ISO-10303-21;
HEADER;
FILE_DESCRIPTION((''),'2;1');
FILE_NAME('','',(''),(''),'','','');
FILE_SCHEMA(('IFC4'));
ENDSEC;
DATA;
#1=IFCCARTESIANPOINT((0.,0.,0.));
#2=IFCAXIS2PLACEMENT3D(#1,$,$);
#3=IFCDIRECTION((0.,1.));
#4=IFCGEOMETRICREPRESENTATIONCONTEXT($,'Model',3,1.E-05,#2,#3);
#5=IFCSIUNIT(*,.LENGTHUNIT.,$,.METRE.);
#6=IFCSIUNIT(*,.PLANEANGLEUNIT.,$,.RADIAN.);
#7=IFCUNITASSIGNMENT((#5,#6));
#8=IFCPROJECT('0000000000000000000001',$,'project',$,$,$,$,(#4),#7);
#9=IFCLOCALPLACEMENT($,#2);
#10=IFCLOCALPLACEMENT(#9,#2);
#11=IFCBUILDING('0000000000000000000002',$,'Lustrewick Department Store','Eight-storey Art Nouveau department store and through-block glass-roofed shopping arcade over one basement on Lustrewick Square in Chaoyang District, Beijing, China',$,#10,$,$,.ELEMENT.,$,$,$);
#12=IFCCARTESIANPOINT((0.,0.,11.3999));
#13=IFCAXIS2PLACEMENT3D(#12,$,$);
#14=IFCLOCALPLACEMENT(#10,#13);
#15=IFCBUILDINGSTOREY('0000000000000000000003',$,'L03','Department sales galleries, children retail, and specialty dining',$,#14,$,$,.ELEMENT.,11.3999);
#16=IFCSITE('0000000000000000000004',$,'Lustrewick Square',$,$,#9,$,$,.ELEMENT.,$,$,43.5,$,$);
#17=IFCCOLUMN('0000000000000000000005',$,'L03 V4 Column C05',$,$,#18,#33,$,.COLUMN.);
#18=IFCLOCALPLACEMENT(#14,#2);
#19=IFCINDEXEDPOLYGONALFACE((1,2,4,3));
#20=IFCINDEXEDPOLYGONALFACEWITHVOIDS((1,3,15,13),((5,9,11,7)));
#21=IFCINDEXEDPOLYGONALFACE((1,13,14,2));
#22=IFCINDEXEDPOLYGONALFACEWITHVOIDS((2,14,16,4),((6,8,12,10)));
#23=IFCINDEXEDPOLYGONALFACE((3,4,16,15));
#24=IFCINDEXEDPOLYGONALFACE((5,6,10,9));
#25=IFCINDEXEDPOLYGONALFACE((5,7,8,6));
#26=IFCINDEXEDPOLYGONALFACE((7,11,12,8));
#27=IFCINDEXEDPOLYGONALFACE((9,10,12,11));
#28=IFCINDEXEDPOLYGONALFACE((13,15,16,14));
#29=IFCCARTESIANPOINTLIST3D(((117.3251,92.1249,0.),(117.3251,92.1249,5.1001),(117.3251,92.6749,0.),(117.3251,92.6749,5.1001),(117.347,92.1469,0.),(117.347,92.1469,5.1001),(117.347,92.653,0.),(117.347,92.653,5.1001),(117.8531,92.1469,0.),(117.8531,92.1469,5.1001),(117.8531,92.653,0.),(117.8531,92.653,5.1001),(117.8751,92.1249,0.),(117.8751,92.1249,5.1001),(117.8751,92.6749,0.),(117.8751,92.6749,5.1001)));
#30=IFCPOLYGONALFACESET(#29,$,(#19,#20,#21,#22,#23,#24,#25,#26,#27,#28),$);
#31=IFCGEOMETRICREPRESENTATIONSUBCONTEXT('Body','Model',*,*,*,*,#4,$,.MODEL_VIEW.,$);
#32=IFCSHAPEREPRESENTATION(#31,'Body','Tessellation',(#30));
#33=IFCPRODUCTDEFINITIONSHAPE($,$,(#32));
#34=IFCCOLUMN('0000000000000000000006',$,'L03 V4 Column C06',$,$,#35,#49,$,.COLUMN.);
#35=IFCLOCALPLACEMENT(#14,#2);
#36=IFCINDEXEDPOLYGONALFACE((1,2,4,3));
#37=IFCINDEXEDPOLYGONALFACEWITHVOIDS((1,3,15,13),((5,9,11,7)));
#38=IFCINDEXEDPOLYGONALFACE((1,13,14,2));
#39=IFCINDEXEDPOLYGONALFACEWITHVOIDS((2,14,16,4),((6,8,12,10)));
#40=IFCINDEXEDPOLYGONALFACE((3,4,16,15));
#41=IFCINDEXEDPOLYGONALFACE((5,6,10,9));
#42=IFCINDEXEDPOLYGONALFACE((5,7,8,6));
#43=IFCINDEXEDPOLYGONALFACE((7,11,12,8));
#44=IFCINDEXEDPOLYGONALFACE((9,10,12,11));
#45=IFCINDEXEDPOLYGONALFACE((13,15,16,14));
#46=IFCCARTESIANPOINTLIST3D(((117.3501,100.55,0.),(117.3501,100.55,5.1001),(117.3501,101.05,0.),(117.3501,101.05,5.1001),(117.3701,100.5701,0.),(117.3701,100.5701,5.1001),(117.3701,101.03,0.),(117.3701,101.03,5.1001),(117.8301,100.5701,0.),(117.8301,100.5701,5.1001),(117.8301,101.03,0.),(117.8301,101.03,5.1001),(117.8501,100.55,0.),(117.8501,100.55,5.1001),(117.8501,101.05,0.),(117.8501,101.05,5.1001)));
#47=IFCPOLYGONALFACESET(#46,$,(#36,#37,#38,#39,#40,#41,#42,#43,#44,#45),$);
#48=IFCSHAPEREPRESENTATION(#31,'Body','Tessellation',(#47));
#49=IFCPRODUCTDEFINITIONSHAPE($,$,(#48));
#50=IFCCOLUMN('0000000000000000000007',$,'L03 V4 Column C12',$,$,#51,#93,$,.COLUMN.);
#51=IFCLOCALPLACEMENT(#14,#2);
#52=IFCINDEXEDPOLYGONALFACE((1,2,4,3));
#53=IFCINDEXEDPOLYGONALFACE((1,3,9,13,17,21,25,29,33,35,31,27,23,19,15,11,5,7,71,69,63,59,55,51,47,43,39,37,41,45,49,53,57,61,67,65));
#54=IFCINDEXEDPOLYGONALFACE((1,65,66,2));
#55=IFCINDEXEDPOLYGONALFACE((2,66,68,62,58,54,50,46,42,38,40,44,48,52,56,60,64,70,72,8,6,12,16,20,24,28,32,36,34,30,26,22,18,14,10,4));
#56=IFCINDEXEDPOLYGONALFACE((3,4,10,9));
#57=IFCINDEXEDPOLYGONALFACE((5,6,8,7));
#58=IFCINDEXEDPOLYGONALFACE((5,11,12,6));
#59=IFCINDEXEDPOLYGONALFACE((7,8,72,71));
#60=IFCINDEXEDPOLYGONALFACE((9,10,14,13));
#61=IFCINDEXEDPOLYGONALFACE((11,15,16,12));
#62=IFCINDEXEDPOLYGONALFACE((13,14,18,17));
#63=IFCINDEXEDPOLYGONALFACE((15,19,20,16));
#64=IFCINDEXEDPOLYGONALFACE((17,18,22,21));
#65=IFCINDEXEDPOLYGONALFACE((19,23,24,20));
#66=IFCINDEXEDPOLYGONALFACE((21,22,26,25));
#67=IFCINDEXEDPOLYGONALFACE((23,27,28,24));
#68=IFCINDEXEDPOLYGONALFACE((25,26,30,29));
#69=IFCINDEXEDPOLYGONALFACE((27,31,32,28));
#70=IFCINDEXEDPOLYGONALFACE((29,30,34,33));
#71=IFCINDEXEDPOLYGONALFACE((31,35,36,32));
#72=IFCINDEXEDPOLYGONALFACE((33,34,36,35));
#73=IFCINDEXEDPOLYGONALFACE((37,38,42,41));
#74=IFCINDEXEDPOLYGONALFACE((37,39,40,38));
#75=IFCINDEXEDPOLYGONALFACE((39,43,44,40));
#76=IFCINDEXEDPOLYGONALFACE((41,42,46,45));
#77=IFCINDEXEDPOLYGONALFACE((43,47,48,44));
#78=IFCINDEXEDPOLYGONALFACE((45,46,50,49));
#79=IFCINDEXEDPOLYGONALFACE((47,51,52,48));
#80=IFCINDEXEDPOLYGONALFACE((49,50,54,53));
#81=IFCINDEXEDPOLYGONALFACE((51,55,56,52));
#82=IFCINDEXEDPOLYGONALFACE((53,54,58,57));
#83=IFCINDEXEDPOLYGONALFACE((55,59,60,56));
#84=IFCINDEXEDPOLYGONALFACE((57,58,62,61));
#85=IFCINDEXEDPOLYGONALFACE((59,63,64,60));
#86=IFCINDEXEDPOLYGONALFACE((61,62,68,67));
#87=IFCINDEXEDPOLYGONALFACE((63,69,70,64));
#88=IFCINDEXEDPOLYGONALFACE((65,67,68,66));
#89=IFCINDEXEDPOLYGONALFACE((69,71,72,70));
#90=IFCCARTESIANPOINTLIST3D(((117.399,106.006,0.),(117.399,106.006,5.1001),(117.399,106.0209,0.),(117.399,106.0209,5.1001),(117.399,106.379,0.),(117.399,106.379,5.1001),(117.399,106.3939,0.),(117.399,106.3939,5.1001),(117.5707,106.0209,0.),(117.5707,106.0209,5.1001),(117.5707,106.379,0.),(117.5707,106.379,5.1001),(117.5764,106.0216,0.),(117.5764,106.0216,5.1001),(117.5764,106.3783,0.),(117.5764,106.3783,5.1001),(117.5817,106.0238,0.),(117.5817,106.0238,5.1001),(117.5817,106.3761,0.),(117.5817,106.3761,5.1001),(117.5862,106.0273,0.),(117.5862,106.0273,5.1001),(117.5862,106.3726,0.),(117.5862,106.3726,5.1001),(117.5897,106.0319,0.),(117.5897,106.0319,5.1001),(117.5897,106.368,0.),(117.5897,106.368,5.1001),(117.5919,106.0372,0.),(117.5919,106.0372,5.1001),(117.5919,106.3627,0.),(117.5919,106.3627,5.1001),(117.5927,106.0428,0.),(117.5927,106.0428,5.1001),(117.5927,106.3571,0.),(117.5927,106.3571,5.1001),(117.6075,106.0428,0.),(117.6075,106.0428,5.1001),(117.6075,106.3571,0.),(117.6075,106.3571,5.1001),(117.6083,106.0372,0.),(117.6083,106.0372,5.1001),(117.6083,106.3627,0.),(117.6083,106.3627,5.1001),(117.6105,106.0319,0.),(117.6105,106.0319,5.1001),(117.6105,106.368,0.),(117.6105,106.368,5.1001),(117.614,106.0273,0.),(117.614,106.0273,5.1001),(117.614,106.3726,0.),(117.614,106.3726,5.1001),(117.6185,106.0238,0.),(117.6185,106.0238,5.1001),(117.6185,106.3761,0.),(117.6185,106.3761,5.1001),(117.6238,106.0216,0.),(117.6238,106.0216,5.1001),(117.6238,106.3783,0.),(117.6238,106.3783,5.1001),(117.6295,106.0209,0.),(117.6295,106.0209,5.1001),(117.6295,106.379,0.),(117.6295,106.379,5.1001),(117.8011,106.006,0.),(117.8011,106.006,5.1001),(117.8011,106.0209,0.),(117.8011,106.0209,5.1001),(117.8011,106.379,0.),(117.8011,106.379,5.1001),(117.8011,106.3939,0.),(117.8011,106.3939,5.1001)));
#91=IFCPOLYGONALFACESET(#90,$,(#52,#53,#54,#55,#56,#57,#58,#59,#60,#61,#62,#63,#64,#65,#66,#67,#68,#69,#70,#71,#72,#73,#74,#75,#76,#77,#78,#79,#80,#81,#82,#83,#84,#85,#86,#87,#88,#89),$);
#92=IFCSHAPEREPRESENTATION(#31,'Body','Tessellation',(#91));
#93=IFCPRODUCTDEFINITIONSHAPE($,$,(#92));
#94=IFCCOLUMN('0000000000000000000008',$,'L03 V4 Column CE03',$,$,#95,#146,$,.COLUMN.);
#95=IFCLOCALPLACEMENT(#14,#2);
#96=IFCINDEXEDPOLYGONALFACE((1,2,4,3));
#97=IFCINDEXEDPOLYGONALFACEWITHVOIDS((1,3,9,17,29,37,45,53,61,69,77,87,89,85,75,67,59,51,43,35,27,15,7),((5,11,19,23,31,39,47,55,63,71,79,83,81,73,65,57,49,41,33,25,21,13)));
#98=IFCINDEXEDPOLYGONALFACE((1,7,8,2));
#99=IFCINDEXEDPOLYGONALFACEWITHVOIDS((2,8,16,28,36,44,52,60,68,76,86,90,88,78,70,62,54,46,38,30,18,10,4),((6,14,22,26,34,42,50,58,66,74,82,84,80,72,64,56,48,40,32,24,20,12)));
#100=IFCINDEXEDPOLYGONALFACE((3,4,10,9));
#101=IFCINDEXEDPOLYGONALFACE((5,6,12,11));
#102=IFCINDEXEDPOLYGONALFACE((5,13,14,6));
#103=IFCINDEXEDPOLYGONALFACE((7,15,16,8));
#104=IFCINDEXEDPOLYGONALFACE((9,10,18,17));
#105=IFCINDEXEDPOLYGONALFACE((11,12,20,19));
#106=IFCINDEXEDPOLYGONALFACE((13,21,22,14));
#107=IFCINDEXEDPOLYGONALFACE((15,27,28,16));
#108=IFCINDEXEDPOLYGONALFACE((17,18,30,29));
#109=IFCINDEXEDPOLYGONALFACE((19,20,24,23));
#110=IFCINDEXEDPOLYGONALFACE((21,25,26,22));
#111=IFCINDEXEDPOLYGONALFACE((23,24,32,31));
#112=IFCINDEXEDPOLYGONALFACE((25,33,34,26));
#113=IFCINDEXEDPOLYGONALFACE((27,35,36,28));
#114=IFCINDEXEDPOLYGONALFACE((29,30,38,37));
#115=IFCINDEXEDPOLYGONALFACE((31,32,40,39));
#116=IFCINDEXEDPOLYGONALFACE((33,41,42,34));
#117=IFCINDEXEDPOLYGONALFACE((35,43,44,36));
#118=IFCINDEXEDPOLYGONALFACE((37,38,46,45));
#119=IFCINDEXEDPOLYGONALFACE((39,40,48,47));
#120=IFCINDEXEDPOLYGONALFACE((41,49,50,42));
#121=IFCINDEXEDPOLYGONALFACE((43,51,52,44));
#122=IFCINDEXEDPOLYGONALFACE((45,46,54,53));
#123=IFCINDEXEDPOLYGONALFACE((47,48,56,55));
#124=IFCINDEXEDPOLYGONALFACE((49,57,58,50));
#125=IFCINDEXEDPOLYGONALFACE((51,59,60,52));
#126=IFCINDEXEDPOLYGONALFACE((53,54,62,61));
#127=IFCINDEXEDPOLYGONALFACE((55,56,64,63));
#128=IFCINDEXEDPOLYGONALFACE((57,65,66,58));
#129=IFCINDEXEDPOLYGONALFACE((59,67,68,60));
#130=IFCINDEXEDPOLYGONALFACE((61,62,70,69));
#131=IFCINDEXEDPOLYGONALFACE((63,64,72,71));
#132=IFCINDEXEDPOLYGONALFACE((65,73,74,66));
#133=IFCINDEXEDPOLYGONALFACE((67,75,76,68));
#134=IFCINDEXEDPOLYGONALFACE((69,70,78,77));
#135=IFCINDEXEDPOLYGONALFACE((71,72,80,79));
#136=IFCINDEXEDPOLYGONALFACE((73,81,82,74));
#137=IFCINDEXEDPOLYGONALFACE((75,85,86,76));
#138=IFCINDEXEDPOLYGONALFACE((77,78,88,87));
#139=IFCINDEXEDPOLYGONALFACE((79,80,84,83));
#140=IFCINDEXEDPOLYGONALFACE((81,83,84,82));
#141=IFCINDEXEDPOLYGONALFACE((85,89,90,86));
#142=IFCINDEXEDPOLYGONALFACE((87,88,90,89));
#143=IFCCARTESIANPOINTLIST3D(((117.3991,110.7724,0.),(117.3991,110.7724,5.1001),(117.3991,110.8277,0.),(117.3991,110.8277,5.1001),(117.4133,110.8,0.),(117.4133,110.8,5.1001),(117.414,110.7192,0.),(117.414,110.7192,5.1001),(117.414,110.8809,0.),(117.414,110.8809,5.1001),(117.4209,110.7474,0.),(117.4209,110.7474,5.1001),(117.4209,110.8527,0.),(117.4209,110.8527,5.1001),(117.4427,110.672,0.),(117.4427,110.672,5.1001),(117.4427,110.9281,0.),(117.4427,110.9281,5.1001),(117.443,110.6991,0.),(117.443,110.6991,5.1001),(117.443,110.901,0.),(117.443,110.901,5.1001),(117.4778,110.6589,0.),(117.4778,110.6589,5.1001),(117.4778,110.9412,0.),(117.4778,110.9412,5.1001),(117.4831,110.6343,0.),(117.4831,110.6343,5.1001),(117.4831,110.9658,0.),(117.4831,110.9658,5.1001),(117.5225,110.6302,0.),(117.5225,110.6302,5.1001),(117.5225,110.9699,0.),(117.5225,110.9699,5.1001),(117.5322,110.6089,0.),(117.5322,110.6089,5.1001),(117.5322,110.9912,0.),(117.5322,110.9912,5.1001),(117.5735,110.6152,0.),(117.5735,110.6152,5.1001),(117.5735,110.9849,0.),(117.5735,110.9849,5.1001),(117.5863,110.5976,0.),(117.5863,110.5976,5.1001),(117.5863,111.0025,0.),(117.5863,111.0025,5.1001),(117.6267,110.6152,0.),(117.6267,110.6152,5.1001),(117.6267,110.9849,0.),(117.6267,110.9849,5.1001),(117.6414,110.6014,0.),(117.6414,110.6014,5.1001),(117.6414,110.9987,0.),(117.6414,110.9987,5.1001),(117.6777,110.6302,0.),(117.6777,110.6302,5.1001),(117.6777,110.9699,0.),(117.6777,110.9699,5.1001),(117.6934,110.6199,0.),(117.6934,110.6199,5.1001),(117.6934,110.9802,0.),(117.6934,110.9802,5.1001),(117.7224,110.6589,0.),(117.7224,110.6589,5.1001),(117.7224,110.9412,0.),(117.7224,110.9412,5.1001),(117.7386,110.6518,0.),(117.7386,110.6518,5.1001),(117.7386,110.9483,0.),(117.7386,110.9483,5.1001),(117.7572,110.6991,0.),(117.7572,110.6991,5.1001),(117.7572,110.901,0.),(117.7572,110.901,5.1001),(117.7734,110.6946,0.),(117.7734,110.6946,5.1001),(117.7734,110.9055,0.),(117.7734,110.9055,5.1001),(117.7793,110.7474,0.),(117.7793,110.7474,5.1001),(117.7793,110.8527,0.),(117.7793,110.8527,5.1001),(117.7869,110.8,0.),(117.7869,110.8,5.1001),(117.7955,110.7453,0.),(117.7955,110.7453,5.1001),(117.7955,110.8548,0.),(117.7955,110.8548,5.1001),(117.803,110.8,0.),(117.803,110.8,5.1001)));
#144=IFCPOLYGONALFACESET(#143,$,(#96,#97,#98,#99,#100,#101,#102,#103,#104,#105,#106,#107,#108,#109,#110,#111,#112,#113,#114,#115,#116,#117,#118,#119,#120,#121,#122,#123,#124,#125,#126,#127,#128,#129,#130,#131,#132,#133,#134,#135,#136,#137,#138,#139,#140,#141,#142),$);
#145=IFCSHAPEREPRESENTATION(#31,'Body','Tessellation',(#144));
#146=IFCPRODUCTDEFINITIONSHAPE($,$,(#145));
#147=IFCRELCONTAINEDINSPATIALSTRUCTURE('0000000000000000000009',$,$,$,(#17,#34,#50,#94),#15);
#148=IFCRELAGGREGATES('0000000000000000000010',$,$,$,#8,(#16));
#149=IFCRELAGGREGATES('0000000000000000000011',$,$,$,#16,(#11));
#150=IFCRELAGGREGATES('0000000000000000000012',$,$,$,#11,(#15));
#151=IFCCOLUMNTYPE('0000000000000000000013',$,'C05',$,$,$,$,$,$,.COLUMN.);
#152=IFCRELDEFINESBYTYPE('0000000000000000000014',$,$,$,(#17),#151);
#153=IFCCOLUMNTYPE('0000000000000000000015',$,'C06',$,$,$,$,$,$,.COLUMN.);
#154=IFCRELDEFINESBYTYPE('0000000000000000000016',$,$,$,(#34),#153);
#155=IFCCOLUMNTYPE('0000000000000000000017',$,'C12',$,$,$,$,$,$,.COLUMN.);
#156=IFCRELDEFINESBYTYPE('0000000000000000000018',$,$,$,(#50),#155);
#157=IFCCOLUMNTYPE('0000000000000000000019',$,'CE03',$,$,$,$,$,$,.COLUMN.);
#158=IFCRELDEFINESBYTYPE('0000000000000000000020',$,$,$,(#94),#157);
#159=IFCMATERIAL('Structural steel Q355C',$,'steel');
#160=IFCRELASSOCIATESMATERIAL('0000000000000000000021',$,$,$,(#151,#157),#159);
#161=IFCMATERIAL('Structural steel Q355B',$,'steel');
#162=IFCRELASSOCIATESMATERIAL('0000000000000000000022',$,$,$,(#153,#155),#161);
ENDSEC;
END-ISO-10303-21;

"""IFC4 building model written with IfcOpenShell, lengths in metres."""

from ifc_helpers import new_model, si_unit, direction, frame, origin, origin_2d, place, context, subcontext, project, spatial, hollow_rectangle, hollow_circle, i_section, extrude, material, material_profile, profile_set, type_object, element, save


model = new_model("IFC4")

# Units and contexts
model_context = context("Model", 3, precision=1e-05, world=origin(), true_north=direction((0.0, 1.0)))
body_context = subcontext(model_context, "Body", "Model", "MODEL_VIEW")
ifc_project = project(units=[si_unit("LENGTHUNIT", "METRE"), si_unit("PLANEANGLEUNIT", "RADIAN")], contexts=[model_context])

# Site, building, storey
site_placement = place(None, origin())
site = spatial("IfcSite", under=ifc_project, at=site_placement, Name="Lustrewick Square", CompositionType="ELEMENT", RefElevation=43.5)
building_placement = place(site_placement, origin())
building = spatial("IfcBuilding", under=site, at=building_placement, Name="Lustrewick Department Store", Description="Eight-storey Art Nouveau department store and through-block glass-roofed shopping arcade over one basement on Lustrewick Square in Chaoyang District, Beijing, China", CompositionType="ELEMENT")
storey_placement = place(building_placement, frame((0.0, 0.0, 11.3999)))
storey = spatial("IfcBuildingStorey", under=building, at=storey_placement, Name="L03", Description="Department sales galleries, children retail, and specialty dining", CompositionType="ELEMENT", Elevation=11.3999)

# Columns
ifc_material_1 = material(Name="Structural steel Q355C", Category="steel")
ifc_material_profile_1 = material_profile(ifc_material_1, hollow_rectangle(XDim=0.55, YDim=0.55, WallThickness=0.022, at=origin_2d()), Name="BOX 550x550x22")
ifc_profile_set_1 = profile_set([ifc_material_profile_1], Name="Structural steel Q355C")
column_type_1 = type_object("IfcColumnType", Name="C05", PredefinedType="COLUMN", material=ifc_profile_set_1)
column_1_placement = place(storey_placement, frame((117.6001, 92.3999, 0.0), z_axis=(0.0, 0.0, 1.0), x_axis=(1.0, 0.0, 0.0)))
element("IfcColumn", 1, at=column_1_placement, inside=storey, type_object=column_type_1, Name="L03 V4 Column C05", PredefinedType="COLUMN", context=body_context, shape_type="SweptSolid", body=[
    extrude(hollow_rectangle(XDim=0.55, YDim=0.55, WallThickness=0.022, at=origin_2d()), origin(), (0.0, 0.0, 1.0), 5.1001),
])
ifc_material_2 = material(Name="Structural steel Q355B", Category="steel")
ifc_material_profile_2 = material_profile(ifc_material_2, hollow_rectangle(XDim=0.5, YDim=0.5, WallThickness=0.02, at=origin_2d()), Name="BOX 500x500x20")
ifc_profile_set_2 = profile_set([ifc_material_profile_2], Name="Structural steel Q355B")
column_type_2 = type_object("IfcColumnType", Name="C06", PredefinedType="COLUMN", material=ifc_profile_set_2)
column_2_placement = place(storey_placement, frame((117.6001, 100.8, 0.0), z_axis=(0.0, 0.0, 1.0), x_axis=(1.0, 0.0, 0.0)))
element("IfcColumn", 2, at=column_2_placement, inside=storey, type_object=column_type_2, Name="L03 V4 Column C06", PredefinedType="COLUMN", context=body_context, shape_type="SweptSolid", body=[
    extrude(hollow_rectangle(XDim=0.5, YDim=0.5, WallThickness=0.02, at=origin_2d()), origin(), (0.0, 0.0, 1.0), 5.1001),
])
ifc_material_profile_3 = material_profile(ifc_material_2, i_section(OverallWidth=0.4021, OverallDepth=0.3879, WebThickness=0.0149, FlangeThickness=0.0149, FilletRadius=0.022, at=origin_2d()), Name="HW 388x402x15x15")
ifc_profile_set_3 = profile_set([ifc_material_profile_3], Name="Structural steel Q355B")
column_type_3 = type_object("IfcColumnType", Name="C12", PredefinedType="COLUMN", material=ifc_profile_set_3)
column_3_placement = place(storey_placement, frame((117.6001, 106.2, 0.0), z_axis=(0.0, 0.0, 1.0), x_axis=(1.0, 0.0, 0.0)))
element("IfcColumn", 3, at=column_3_placement, inside=storey, type_object=column_type_3, Name="L03 V4 Column C12", PredefinedType="COLUMN", context=body_context, shape_type="SweptSolid", body=[
    extrude(i_section(OverallWidth=0.4021, OverallDepth=0.3879, WebThickness=0.0149, FlangeThickness=0.0149, FilletRadius=0.022, at=origin_2d()), origin(), (0.0, 0.0, 1.0), 5.1001),
])
ifc_material_profile_4 = material_profile(ifc_material_1, hollow_circle(Radius=0.2029, WallThickness=0.0161, at=origin_2d()), Name="CHS 406x16")
ifc_profile_set_4 = profile_set([ifc_material_profile_4], Name="Structural steel Q355C")
column_type_4 = type_object("IfcColumnType", Name="CE03", PredefinedType="COLUMN", material=ifc_profile_set_4)
column_4_placement = place(storey_placement, frame((117.6001, 110.8, 0.0), z_axis=(0.0, 0.0, 1.0), x_axis=(1.0, 0.0, 0.0)))
element("IfcColumn", 4, at=column_4_placement, inside=storey, type_object=column_type_4, Name="L03 V4 Column CE03", PredefinedType="COLUMN", context=body_context, shape_type="SweptSolid", body=[
    extrude(hollow_circle(Radius=0.2029, WallThickness=0.0161, at=origin_2d()), origin(), (0.0, 0.0, 1.0), 5.1001),
])

save(model, "model.ifc")
